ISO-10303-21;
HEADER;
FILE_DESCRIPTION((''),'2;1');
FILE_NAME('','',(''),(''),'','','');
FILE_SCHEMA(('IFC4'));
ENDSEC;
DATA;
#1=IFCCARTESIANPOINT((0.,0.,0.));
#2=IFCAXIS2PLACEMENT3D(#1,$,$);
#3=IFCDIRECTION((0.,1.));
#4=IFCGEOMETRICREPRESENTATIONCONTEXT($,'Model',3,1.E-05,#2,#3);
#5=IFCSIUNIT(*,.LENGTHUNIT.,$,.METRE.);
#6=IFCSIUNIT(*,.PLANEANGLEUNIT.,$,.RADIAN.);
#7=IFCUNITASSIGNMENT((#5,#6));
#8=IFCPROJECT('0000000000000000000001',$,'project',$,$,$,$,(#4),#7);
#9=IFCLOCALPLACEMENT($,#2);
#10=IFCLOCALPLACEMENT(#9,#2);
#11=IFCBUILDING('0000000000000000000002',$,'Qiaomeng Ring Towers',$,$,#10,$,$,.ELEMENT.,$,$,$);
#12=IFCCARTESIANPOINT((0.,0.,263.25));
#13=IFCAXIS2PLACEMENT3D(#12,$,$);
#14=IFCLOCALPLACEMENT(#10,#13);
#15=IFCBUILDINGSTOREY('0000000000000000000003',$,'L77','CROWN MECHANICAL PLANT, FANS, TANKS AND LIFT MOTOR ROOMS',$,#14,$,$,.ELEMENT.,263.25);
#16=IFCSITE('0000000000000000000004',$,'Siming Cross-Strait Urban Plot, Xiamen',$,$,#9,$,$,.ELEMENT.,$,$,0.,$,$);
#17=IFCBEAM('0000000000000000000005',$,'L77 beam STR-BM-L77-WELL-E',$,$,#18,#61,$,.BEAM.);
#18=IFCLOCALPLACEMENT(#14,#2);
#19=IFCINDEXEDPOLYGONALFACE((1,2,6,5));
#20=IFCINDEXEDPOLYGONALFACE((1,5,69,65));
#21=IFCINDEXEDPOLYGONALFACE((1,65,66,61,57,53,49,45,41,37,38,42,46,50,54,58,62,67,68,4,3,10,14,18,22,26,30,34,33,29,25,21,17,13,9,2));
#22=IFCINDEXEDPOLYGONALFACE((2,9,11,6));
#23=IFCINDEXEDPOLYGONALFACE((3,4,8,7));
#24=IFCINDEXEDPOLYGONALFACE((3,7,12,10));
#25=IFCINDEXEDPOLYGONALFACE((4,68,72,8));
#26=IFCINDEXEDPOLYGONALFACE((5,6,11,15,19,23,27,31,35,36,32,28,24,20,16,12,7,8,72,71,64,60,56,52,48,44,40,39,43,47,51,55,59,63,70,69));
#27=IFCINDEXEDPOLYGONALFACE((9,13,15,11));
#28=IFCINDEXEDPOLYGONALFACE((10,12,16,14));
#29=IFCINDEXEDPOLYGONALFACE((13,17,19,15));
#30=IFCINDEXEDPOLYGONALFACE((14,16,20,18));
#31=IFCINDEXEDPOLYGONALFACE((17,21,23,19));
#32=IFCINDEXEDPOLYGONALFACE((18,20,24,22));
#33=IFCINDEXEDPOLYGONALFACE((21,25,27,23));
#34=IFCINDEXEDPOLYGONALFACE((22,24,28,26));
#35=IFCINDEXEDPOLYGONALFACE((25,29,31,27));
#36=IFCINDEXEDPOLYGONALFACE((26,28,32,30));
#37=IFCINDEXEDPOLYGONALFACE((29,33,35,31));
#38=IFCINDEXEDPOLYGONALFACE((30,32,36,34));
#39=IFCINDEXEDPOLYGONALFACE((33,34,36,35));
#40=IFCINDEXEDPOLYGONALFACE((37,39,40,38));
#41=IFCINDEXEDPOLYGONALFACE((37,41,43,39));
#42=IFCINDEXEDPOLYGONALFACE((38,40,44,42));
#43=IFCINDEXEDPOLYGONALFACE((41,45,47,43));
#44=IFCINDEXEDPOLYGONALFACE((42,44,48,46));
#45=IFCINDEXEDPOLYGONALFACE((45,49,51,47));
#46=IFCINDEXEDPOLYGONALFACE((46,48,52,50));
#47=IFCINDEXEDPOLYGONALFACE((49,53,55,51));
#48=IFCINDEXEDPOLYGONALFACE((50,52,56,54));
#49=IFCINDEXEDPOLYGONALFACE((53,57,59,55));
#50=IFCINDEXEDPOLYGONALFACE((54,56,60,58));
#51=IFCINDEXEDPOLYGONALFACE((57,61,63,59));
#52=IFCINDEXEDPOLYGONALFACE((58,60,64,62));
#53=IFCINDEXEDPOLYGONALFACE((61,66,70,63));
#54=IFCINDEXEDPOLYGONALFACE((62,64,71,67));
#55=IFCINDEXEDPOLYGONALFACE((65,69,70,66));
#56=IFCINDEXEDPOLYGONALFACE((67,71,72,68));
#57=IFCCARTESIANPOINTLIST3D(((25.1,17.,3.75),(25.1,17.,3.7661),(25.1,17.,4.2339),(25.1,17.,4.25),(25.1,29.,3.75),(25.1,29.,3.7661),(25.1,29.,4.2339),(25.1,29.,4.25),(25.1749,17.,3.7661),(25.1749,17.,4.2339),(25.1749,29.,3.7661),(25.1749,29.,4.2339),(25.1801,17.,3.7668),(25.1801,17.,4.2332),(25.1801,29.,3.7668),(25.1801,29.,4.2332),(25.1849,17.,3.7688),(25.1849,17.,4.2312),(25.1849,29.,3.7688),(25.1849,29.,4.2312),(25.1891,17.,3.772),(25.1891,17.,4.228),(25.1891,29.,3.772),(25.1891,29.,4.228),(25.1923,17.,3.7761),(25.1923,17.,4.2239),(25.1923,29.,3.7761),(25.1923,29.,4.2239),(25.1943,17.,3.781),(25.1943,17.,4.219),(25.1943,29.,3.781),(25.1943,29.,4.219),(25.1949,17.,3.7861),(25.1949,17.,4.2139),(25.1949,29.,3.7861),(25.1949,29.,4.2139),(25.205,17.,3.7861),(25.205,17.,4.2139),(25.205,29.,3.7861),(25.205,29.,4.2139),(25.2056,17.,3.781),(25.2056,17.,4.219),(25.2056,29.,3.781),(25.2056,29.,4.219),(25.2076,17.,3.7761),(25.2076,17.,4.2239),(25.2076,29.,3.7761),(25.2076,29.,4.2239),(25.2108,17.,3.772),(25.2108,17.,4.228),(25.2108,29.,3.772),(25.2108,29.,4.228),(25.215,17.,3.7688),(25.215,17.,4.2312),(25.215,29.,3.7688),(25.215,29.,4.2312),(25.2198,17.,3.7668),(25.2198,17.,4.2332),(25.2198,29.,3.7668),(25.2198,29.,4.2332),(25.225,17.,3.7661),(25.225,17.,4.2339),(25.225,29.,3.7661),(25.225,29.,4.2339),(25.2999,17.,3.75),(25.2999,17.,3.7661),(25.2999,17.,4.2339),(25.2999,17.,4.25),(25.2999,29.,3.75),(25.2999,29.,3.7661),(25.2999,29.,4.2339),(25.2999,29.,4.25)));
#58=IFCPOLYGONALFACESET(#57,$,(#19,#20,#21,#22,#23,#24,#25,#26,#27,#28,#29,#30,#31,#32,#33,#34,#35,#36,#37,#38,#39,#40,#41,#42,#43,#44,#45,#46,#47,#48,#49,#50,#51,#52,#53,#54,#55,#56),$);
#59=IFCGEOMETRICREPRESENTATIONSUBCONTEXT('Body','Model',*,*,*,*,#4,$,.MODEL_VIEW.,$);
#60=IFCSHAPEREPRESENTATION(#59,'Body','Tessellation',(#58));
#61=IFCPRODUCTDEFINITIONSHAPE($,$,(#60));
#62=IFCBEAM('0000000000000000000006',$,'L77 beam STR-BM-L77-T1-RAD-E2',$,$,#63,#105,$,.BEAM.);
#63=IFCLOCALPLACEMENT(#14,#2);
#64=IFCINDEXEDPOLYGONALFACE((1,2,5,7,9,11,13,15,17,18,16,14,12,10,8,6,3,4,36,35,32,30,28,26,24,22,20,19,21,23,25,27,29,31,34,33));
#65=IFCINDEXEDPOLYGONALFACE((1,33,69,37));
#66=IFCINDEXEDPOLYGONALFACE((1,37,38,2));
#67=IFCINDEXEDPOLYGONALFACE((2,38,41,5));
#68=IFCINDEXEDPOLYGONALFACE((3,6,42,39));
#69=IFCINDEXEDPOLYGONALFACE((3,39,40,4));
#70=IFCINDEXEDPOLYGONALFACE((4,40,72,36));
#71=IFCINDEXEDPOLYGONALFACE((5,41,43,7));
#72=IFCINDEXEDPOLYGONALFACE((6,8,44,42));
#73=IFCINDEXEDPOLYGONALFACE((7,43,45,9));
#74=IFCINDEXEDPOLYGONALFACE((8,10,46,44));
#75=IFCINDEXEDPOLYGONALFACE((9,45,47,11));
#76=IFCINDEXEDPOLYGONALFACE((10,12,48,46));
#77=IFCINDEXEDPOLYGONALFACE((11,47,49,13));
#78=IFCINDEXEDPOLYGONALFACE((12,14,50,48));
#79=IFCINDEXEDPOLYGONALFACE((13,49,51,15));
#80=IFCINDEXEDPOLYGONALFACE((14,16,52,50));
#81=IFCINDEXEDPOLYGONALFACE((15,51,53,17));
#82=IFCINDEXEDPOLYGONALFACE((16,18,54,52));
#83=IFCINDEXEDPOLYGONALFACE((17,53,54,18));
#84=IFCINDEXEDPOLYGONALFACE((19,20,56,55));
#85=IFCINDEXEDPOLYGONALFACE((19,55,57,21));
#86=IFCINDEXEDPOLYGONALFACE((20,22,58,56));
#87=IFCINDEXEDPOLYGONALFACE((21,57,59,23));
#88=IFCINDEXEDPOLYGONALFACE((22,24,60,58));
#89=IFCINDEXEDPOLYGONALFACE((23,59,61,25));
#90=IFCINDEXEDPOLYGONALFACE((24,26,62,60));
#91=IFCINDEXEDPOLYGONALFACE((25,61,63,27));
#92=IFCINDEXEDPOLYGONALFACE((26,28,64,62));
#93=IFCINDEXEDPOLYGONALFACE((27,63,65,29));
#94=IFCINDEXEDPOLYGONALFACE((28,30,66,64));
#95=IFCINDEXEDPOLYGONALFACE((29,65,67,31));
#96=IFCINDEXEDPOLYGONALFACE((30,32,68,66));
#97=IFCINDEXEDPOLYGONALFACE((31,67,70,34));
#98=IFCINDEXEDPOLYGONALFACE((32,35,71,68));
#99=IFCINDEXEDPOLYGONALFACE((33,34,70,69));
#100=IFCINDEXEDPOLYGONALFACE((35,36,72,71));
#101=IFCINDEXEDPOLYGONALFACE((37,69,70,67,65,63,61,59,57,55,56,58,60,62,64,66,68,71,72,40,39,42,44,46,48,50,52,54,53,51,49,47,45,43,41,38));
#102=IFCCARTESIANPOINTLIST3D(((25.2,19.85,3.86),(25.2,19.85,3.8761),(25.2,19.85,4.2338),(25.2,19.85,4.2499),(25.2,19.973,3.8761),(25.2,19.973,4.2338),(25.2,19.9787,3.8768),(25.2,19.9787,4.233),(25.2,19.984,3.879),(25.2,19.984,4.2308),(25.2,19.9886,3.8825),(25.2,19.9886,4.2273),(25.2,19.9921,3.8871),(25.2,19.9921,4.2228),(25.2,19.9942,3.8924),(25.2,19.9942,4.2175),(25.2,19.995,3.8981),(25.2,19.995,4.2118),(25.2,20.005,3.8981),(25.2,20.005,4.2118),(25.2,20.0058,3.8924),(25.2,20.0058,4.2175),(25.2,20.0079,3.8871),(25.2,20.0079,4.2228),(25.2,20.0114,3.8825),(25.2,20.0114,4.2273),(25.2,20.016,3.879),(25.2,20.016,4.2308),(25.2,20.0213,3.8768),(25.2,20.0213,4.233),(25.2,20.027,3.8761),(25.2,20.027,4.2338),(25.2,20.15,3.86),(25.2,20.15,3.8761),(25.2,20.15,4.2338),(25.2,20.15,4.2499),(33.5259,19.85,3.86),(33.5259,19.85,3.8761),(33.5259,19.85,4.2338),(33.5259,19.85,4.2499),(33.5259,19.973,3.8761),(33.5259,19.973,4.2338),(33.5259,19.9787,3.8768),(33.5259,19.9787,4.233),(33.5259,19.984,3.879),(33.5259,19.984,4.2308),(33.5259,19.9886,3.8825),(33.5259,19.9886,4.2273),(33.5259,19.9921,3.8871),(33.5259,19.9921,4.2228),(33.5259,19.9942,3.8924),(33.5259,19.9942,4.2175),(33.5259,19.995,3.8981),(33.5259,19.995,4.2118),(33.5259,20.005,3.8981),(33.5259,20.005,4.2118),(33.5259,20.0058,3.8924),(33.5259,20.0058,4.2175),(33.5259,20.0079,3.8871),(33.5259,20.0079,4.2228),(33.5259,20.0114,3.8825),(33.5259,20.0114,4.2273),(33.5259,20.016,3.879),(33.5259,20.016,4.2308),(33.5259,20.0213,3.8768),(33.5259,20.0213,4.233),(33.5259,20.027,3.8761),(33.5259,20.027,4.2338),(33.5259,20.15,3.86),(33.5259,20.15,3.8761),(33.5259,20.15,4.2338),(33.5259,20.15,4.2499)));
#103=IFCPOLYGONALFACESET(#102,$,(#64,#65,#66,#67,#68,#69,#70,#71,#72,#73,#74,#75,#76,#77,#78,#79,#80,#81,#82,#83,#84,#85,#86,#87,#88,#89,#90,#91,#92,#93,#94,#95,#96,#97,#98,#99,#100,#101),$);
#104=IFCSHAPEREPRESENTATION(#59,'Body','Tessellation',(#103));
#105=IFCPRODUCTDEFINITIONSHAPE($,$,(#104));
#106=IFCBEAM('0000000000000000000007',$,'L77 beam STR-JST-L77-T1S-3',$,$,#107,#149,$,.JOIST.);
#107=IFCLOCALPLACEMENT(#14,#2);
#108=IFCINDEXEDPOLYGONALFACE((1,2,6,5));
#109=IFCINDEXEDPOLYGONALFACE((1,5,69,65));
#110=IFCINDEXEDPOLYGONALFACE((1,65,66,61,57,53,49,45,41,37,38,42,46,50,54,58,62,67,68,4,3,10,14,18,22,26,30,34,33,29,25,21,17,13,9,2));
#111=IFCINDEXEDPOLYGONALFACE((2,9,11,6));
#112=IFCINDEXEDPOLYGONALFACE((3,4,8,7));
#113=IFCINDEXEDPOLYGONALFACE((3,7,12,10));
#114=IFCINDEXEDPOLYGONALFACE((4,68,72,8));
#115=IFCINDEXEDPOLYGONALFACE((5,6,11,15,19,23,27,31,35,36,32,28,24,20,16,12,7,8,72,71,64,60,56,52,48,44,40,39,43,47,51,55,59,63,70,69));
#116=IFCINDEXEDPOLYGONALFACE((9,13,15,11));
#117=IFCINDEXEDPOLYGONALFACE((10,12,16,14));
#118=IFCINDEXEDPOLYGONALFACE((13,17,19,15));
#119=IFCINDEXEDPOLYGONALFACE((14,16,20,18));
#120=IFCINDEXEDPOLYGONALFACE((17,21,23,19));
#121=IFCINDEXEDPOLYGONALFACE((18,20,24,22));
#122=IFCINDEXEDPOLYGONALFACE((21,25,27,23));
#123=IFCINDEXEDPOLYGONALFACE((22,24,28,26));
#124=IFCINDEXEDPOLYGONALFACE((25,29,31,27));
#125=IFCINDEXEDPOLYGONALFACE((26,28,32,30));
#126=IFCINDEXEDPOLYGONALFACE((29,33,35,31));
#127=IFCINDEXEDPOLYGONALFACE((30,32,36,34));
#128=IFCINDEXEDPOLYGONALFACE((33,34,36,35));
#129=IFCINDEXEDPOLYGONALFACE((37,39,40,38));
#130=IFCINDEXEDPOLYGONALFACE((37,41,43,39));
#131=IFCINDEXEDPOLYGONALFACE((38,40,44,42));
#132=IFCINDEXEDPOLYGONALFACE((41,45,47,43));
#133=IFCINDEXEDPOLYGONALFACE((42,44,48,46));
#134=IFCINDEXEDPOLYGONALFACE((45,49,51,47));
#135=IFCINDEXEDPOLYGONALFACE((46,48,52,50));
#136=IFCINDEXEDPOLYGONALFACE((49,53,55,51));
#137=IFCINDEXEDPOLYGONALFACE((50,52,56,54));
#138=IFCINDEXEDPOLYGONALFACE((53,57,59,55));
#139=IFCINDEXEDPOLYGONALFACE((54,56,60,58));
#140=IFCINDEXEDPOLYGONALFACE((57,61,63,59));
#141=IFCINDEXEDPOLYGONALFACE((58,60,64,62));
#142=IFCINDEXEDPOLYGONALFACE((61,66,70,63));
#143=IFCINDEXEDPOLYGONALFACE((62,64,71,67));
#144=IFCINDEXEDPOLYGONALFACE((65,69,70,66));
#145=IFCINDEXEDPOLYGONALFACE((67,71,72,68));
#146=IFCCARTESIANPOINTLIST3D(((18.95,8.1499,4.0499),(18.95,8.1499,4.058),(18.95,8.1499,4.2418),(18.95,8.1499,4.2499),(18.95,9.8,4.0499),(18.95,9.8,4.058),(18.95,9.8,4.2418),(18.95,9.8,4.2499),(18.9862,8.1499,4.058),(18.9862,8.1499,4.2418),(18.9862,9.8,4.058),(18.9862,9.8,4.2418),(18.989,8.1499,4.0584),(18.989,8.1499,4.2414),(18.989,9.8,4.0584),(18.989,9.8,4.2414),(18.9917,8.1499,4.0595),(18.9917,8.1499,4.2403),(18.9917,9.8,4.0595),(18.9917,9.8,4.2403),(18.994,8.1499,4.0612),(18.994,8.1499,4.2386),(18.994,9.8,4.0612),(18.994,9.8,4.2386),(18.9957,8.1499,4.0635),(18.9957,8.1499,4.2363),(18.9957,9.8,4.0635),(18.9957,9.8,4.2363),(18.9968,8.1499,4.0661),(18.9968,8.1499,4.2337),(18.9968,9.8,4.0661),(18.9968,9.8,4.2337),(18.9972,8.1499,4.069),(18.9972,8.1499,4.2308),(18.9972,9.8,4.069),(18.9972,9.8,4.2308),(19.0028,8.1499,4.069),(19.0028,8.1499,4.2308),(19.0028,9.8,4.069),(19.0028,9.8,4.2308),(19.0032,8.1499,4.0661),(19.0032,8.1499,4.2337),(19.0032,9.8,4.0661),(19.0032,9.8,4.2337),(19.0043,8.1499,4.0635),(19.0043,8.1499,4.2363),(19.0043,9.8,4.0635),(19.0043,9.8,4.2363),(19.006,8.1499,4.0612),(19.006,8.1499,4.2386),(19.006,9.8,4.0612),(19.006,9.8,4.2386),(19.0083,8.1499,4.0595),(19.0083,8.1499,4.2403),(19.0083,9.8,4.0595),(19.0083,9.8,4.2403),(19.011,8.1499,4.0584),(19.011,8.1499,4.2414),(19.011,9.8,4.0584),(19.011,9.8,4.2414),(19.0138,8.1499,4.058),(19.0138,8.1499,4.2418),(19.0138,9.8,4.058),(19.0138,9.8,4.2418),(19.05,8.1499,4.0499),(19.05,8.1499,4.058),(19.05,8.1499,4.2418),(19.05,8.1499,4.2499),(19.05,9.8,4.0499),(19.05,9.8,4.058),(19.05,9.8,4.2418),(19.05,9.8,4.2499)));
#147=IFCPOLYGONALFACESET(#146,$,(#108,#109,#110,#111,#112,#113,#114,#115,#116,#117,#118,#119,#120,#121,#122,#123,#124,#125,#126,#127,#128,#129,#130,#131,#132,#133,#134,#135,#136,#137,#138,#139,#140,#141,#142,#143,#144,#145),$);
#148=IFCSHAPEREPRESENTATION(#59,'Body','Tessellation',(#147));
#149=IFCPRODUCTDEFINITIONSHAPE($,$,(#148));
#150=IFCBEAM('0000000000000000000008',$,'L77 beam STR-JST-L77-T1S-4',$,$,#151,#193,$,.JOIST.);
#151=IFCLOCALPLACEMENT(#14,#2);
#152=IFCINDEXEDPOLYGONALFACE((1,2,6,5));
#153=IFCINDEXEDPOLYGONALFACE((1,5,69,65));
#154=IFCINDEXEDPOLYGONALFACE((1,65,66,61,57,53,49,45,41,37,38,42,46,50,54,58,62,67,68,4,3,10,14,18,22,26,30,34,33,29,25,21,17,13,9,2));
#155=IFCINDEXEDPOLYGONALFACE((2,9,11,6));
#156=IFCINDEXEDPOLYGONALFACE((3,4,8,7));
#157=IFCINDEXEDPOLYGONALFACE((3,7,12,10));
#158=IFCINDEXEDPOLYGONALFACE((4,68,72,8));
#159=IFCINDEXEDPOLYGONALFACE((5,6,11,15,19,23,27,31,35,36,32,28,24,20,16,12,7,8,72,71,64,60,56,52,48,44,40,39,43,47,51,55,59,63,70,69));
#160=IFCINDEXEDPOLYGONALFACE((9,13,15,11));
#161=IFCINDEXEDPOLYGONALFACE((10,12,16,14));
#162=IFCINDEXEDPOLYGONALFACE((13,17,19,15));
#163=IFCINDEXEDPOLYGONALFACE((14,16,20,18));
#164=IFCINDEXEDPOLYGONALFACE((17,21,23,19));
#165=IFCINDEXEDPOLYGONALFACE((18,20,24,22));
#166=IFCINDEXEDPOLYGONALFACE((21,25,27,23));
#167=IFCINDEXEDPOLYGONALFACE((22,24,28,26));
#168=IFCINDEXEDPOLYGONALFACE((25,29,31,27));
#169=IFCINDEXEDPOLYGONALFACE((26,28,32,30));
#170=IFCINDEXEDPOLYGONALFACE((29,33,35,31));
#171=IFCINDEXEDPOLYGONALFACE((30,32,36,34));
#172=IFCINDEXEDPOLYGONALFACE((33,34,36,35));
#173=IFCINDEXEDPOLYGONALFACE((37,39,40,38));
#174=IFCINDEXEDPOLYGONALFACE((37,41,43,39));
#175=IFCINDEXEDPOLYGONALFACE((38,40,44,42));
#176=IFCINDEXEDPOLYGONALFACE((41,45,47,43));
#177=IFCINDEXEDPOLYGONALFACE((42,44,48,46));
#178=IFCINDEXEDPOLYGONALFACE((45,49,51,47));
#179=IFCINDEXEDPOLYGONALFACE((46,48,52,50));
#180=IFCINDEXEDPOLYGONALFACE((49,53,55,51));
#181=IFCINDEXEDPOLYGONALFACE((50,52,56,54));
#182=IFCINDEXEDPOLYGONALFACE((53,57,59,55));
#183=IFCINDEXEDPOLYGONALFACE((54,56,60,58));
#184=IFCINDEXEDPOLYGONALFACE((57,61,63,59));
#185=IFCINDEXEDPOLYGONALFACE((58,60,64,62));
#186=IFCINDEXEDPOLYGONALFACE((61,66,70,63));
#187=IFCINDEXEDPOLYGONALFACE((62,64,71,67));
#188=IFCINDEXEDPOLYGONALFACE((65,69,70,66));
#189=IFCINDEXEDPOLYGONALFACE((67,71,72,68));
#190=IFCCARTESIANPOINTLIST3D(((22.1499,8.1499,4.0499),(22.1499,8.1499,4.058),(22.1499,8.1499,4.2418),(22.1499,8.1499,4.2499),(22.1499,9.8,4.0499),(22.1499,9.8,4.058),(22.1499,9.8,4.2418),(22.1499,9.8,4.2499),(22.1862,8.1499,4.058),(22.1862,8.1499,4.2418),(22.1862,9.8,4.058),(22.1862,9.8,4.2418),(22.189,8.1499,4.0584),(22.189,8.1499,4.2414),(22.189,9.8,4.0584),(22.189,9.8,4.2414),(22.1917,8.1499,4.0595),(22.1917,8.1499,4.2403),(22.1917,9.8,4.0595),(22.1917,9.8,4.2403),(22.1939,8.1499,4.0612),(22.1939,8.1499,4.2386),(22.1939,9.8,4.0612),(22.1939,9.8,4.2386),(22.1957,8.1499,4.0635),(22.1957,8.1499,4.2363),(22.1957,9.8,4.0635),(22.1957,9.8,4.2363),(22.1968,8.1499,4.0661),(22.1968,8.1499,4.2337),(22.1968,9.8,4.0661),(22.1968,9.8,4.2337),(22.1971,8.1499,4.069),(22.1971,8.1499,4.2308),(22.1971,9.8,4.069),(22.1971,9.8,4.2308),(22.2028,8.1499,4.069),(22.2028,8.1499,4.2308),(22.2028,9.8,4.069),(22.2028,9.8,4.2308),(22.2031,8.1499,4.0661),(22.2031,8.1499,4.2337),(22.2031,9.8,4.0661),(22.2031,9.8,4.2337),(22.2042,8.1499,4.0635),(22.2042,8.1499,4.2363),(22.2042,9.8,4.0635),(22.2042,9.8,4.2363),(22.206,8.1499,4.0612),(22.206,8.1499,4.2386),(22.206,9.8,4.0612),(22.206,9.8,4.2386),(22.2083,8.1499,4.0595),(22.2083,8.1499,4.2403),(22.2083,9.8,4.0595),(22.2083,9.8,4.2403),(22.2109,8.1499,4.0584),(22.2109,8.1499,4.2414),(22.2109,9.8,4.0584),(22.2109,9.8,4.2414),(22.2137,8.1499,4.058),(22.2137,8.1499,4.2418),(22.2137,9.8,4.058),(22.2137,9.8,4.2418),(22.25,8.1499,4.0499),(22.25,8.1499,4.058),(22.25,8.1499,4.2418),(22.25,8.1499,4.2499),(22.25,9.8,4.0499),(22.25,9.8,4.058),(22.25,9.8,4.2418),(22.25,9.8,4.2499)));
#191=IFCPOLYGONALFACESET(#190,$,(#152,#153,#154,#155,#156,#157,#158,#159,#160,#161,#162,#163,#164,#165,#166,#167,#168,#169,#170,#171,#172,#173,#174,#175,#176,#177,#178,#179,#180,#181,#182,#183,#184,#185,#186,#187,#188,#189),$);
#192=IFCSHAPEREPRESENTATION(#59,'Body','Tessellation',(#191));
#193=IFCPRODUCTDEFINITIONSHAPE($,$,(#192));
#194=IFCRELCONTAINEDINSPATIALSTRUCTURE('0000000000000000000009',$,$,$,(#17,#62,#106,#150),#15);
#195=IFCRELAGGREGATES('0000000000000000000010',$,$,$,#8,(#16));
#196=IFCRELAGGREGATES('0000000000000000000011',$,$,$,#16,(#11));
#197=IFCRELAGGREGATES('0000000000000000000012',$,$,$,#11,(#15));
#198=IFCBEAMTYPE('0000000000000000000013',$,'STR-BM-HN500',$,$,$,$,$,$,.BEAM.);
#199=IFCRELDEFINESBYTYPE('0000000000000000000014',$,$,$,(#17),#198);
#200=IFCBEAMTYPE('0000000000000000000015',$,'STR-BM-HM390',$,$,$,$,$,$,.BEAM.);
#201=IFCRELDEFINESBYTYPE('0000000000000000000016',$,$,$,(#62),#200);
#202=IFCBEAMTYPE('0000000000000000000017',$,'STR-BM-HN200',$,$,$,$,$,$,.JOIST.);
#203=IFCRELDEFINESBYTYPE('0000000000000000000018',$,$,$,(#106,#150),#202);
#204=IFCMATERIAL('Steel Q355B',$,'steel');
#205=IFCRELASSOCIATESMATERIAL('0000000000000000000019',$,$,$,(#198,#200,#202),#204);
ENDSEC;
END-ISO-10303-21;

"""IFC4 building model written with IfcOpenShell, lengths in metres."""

from ifc_helpers import new_model, si_unit, direction, frame, origin, origin_2d, place, context, subcontext, project, spatial, i_section, extrude, source, transform, mapped, material, material_profile, profile_set, type_object, element, save


model = new_model("IFC4")

# Units and contexts
model_context = context("Model", 3, precision=1e-05, world=origin(), true_north=direction((0.0, 1.0)))
body_context = subcontext(model_context, "Body", "Model", "MODEL_VIEW")
ifc_project = project(units=[si_unit("LENGTHUNIT", "METRE"), si_unit("PLANEANGLEUNIT", "RADIAN")], contexts=[model_context])

# Site, building, storey
site_placement = place(None, origin())
site = spatial("IfcSite", under=ifc_project, at=site_placement, Name="Siming Cross-Strait Urban Plot, Xiamen", CompositionType="ELEMENT", RefElevation=0.0)
building_placement = place(site_placement, origin())
building = spatial("IfcBuilding", under=site, at=building_placement, Name="Qiaomeng Ring Towers", CompositionType="ELEMENT")
storey_placement = place(building_placement, frame((0.0, 0.0, 263.25)))
storey = spatial("IfcBuildingStorey", under=building, at=storey_placement, Name="L77", Description="CROWN MECHANICAL PLANT, FANS, TANKS AND LIFT MOTOR ROOMS", CompositionType="ELEMENT", Elevation=263.25)

# Beams
ifc_material_1 = material(Name="Steel Q355B", Category="steel")
ifc_material_profile_1 = material_profile(ifc_material_1, i_section(OverallWidth=0.2, OverallDepth=0.5, WebThickness=0.01, FlangeThickness=0.0161, FilletRadius=0.02, at=origin_2d()), Name="HN 500x200x10x16")
ifc_profile_set_1 = profile_set([ifc_material_profile_1], Name="Steel Q355B")
beam_type_1 = type_object("IfcBeamType", Name="STR-BM-HN500", PredefinedType="BEAM", material=ifc_profile_set_1)
shared_shape_1 = source(origin(), body_context, "Body", "SweptSolid", [
    extrude(i_section(OverallWidth=0.2, OverallDepth=0.5, WebThickness=0.01, FlangeThickness=0.0161, FilletRadius=0.02, at=origin_2d()), origin(), (0.0, 0.0, 1.0), 12.0),
])
beam_1_placement = place(storey_placement, frame((25.2, 17.0, 4.0), z_axis=(0.0, 1.0, 0.0), x_axis=(-1.0, 0.0, 0.0)))
element("IfcBeam", 1, at=beam_1_placement, inside=storey, type_object=beam_type_1, Name="L77 beam STR-BM-L77-WELL-E", PredefinedType="BEAM", context=body_context, shape_type="MappedRepresentation", body=[
    mapped(shared_shape_1, transform((0.0, 0.0, 0.0), x_axis=(1.0, 0.0, 0.0), y_axis=(0.0, 1.0, 0.0), z_axis=(0.0, 0.0, 1.0), scale=1.0)),
])
ifc_material_profile_2 = material_profile(ifc_material_1, i_section(OverallWidth=0.3, OverallDepth=0.3899, WebThickness=0.01, FlangeThickness=0.0161, FilletRadius=0.022, at=origin_2d()), Name="HM 390x300x10x16")
ifc_profile_set_2 = profile_set([ifc_material_profile_2], Name="Steel Q355B")
beam_type_2 = type_object("IfcBeamType", Name="STR-BM-HM390", PredefinedType="BEAM", material=ifc_profile_set_2)
shared_shape_2 = source(origin(), body_context, "Body", "SweptSolid", [
    extrude(i_section(OverallWidth=0.3, OverallDepth=0.3899, WebThickness=0.01, FlangeThickness=0.0161, FilletRadius=0.022, at=origin_2d()), origin(), (0.0, 0.0, 1.0), 8.3259),
])
beam_2_placement = place(storey_placement, frame((25.2, 20.0, 4.0549), z_axis=(1.0, 0.0, 0.0), x_axis=(0.0, 1.0, 0.0)))
element("IfcBeam", 2, at=beam_2_placement, inside=storey, type_object=beam_type_2, Name="L77 beam STR-BM-L77-T1-RAD-E2", PredefinedType="BEAM", context=body_context, shape_type="MappedRepresentation", body=[
    mapped(shared_shape_2, transform((0.0, 0.0, 0.0), x_axis=(1.0, 0.0, 0.0), y_axis=(0.0, 1.0, 0.0), z_axis=(0.0, 0.0, 1.0), scale=1.0)),
])
ifc_material_profile_3 = material_profile(ifc_material_1, i_section(OverallWidth=0.1001, OverallDepth=0.2, WebThickness=0.0056, FlangeThickness=0.0081, FilletRadius=0.011, at=origin_2d()), Name="HN 200x100x5.5x8")
ifc_profile_set_3 = profile_set([ifc_material_profile_3], Name="Steel Q355B")
beam_type_3 = type_object("IfcBeamType", Name="STR-BM-HN200", PredefinedType="JOIST", material=ifc_profile_set_3)
shared_shape_3 = source(origin(), body_context, "Body", "SweptSolid", [
    extrude(i_section(OverallWidth=0.1001, OverallDepth=0.2, WebThickness=0.0056, FlangeThickness=0.0081, FilletRadius=0.011, at=origin_2d()), origin(), (0.0, 0.0, 1.0), 1.6501),
])
for number, where, z_axis, x_axis, name in (
    (3, (19.0, 8.1499, 4.1499), (0.0, 1.0, 0.0), (-1.0, 0.0, 0.0), "L77 beam STR-JST-L77-T1S-3"),
    (4, (22.2, 8.1499, 4.1499), (0.0, 1.0, 0.0), (-1.0, 0.0, 0.0), "L77 beam STR-JST-L77-T1S-4"),
):
    element("IfcBeam", number, at=place(storey_placement, frame(where, z_axis=z_axis, x_axis=x_axis)), inside=storey, type_object=beam_type_3, Name=name, PredefinedType="JOIST", context=body_context, shape_type="MappedRepresentation", body=[
        mapped(shared_shape_3, transform((0.0, 0.0, 0.0), x_axis=(1.0, 0.0, 0.0), y_axis=(0.0, 1.0, 0.0), z_axis=(0.0, 0.0, 1.0), scale=1.0)),
    ])

save(model, "model.ifc")
